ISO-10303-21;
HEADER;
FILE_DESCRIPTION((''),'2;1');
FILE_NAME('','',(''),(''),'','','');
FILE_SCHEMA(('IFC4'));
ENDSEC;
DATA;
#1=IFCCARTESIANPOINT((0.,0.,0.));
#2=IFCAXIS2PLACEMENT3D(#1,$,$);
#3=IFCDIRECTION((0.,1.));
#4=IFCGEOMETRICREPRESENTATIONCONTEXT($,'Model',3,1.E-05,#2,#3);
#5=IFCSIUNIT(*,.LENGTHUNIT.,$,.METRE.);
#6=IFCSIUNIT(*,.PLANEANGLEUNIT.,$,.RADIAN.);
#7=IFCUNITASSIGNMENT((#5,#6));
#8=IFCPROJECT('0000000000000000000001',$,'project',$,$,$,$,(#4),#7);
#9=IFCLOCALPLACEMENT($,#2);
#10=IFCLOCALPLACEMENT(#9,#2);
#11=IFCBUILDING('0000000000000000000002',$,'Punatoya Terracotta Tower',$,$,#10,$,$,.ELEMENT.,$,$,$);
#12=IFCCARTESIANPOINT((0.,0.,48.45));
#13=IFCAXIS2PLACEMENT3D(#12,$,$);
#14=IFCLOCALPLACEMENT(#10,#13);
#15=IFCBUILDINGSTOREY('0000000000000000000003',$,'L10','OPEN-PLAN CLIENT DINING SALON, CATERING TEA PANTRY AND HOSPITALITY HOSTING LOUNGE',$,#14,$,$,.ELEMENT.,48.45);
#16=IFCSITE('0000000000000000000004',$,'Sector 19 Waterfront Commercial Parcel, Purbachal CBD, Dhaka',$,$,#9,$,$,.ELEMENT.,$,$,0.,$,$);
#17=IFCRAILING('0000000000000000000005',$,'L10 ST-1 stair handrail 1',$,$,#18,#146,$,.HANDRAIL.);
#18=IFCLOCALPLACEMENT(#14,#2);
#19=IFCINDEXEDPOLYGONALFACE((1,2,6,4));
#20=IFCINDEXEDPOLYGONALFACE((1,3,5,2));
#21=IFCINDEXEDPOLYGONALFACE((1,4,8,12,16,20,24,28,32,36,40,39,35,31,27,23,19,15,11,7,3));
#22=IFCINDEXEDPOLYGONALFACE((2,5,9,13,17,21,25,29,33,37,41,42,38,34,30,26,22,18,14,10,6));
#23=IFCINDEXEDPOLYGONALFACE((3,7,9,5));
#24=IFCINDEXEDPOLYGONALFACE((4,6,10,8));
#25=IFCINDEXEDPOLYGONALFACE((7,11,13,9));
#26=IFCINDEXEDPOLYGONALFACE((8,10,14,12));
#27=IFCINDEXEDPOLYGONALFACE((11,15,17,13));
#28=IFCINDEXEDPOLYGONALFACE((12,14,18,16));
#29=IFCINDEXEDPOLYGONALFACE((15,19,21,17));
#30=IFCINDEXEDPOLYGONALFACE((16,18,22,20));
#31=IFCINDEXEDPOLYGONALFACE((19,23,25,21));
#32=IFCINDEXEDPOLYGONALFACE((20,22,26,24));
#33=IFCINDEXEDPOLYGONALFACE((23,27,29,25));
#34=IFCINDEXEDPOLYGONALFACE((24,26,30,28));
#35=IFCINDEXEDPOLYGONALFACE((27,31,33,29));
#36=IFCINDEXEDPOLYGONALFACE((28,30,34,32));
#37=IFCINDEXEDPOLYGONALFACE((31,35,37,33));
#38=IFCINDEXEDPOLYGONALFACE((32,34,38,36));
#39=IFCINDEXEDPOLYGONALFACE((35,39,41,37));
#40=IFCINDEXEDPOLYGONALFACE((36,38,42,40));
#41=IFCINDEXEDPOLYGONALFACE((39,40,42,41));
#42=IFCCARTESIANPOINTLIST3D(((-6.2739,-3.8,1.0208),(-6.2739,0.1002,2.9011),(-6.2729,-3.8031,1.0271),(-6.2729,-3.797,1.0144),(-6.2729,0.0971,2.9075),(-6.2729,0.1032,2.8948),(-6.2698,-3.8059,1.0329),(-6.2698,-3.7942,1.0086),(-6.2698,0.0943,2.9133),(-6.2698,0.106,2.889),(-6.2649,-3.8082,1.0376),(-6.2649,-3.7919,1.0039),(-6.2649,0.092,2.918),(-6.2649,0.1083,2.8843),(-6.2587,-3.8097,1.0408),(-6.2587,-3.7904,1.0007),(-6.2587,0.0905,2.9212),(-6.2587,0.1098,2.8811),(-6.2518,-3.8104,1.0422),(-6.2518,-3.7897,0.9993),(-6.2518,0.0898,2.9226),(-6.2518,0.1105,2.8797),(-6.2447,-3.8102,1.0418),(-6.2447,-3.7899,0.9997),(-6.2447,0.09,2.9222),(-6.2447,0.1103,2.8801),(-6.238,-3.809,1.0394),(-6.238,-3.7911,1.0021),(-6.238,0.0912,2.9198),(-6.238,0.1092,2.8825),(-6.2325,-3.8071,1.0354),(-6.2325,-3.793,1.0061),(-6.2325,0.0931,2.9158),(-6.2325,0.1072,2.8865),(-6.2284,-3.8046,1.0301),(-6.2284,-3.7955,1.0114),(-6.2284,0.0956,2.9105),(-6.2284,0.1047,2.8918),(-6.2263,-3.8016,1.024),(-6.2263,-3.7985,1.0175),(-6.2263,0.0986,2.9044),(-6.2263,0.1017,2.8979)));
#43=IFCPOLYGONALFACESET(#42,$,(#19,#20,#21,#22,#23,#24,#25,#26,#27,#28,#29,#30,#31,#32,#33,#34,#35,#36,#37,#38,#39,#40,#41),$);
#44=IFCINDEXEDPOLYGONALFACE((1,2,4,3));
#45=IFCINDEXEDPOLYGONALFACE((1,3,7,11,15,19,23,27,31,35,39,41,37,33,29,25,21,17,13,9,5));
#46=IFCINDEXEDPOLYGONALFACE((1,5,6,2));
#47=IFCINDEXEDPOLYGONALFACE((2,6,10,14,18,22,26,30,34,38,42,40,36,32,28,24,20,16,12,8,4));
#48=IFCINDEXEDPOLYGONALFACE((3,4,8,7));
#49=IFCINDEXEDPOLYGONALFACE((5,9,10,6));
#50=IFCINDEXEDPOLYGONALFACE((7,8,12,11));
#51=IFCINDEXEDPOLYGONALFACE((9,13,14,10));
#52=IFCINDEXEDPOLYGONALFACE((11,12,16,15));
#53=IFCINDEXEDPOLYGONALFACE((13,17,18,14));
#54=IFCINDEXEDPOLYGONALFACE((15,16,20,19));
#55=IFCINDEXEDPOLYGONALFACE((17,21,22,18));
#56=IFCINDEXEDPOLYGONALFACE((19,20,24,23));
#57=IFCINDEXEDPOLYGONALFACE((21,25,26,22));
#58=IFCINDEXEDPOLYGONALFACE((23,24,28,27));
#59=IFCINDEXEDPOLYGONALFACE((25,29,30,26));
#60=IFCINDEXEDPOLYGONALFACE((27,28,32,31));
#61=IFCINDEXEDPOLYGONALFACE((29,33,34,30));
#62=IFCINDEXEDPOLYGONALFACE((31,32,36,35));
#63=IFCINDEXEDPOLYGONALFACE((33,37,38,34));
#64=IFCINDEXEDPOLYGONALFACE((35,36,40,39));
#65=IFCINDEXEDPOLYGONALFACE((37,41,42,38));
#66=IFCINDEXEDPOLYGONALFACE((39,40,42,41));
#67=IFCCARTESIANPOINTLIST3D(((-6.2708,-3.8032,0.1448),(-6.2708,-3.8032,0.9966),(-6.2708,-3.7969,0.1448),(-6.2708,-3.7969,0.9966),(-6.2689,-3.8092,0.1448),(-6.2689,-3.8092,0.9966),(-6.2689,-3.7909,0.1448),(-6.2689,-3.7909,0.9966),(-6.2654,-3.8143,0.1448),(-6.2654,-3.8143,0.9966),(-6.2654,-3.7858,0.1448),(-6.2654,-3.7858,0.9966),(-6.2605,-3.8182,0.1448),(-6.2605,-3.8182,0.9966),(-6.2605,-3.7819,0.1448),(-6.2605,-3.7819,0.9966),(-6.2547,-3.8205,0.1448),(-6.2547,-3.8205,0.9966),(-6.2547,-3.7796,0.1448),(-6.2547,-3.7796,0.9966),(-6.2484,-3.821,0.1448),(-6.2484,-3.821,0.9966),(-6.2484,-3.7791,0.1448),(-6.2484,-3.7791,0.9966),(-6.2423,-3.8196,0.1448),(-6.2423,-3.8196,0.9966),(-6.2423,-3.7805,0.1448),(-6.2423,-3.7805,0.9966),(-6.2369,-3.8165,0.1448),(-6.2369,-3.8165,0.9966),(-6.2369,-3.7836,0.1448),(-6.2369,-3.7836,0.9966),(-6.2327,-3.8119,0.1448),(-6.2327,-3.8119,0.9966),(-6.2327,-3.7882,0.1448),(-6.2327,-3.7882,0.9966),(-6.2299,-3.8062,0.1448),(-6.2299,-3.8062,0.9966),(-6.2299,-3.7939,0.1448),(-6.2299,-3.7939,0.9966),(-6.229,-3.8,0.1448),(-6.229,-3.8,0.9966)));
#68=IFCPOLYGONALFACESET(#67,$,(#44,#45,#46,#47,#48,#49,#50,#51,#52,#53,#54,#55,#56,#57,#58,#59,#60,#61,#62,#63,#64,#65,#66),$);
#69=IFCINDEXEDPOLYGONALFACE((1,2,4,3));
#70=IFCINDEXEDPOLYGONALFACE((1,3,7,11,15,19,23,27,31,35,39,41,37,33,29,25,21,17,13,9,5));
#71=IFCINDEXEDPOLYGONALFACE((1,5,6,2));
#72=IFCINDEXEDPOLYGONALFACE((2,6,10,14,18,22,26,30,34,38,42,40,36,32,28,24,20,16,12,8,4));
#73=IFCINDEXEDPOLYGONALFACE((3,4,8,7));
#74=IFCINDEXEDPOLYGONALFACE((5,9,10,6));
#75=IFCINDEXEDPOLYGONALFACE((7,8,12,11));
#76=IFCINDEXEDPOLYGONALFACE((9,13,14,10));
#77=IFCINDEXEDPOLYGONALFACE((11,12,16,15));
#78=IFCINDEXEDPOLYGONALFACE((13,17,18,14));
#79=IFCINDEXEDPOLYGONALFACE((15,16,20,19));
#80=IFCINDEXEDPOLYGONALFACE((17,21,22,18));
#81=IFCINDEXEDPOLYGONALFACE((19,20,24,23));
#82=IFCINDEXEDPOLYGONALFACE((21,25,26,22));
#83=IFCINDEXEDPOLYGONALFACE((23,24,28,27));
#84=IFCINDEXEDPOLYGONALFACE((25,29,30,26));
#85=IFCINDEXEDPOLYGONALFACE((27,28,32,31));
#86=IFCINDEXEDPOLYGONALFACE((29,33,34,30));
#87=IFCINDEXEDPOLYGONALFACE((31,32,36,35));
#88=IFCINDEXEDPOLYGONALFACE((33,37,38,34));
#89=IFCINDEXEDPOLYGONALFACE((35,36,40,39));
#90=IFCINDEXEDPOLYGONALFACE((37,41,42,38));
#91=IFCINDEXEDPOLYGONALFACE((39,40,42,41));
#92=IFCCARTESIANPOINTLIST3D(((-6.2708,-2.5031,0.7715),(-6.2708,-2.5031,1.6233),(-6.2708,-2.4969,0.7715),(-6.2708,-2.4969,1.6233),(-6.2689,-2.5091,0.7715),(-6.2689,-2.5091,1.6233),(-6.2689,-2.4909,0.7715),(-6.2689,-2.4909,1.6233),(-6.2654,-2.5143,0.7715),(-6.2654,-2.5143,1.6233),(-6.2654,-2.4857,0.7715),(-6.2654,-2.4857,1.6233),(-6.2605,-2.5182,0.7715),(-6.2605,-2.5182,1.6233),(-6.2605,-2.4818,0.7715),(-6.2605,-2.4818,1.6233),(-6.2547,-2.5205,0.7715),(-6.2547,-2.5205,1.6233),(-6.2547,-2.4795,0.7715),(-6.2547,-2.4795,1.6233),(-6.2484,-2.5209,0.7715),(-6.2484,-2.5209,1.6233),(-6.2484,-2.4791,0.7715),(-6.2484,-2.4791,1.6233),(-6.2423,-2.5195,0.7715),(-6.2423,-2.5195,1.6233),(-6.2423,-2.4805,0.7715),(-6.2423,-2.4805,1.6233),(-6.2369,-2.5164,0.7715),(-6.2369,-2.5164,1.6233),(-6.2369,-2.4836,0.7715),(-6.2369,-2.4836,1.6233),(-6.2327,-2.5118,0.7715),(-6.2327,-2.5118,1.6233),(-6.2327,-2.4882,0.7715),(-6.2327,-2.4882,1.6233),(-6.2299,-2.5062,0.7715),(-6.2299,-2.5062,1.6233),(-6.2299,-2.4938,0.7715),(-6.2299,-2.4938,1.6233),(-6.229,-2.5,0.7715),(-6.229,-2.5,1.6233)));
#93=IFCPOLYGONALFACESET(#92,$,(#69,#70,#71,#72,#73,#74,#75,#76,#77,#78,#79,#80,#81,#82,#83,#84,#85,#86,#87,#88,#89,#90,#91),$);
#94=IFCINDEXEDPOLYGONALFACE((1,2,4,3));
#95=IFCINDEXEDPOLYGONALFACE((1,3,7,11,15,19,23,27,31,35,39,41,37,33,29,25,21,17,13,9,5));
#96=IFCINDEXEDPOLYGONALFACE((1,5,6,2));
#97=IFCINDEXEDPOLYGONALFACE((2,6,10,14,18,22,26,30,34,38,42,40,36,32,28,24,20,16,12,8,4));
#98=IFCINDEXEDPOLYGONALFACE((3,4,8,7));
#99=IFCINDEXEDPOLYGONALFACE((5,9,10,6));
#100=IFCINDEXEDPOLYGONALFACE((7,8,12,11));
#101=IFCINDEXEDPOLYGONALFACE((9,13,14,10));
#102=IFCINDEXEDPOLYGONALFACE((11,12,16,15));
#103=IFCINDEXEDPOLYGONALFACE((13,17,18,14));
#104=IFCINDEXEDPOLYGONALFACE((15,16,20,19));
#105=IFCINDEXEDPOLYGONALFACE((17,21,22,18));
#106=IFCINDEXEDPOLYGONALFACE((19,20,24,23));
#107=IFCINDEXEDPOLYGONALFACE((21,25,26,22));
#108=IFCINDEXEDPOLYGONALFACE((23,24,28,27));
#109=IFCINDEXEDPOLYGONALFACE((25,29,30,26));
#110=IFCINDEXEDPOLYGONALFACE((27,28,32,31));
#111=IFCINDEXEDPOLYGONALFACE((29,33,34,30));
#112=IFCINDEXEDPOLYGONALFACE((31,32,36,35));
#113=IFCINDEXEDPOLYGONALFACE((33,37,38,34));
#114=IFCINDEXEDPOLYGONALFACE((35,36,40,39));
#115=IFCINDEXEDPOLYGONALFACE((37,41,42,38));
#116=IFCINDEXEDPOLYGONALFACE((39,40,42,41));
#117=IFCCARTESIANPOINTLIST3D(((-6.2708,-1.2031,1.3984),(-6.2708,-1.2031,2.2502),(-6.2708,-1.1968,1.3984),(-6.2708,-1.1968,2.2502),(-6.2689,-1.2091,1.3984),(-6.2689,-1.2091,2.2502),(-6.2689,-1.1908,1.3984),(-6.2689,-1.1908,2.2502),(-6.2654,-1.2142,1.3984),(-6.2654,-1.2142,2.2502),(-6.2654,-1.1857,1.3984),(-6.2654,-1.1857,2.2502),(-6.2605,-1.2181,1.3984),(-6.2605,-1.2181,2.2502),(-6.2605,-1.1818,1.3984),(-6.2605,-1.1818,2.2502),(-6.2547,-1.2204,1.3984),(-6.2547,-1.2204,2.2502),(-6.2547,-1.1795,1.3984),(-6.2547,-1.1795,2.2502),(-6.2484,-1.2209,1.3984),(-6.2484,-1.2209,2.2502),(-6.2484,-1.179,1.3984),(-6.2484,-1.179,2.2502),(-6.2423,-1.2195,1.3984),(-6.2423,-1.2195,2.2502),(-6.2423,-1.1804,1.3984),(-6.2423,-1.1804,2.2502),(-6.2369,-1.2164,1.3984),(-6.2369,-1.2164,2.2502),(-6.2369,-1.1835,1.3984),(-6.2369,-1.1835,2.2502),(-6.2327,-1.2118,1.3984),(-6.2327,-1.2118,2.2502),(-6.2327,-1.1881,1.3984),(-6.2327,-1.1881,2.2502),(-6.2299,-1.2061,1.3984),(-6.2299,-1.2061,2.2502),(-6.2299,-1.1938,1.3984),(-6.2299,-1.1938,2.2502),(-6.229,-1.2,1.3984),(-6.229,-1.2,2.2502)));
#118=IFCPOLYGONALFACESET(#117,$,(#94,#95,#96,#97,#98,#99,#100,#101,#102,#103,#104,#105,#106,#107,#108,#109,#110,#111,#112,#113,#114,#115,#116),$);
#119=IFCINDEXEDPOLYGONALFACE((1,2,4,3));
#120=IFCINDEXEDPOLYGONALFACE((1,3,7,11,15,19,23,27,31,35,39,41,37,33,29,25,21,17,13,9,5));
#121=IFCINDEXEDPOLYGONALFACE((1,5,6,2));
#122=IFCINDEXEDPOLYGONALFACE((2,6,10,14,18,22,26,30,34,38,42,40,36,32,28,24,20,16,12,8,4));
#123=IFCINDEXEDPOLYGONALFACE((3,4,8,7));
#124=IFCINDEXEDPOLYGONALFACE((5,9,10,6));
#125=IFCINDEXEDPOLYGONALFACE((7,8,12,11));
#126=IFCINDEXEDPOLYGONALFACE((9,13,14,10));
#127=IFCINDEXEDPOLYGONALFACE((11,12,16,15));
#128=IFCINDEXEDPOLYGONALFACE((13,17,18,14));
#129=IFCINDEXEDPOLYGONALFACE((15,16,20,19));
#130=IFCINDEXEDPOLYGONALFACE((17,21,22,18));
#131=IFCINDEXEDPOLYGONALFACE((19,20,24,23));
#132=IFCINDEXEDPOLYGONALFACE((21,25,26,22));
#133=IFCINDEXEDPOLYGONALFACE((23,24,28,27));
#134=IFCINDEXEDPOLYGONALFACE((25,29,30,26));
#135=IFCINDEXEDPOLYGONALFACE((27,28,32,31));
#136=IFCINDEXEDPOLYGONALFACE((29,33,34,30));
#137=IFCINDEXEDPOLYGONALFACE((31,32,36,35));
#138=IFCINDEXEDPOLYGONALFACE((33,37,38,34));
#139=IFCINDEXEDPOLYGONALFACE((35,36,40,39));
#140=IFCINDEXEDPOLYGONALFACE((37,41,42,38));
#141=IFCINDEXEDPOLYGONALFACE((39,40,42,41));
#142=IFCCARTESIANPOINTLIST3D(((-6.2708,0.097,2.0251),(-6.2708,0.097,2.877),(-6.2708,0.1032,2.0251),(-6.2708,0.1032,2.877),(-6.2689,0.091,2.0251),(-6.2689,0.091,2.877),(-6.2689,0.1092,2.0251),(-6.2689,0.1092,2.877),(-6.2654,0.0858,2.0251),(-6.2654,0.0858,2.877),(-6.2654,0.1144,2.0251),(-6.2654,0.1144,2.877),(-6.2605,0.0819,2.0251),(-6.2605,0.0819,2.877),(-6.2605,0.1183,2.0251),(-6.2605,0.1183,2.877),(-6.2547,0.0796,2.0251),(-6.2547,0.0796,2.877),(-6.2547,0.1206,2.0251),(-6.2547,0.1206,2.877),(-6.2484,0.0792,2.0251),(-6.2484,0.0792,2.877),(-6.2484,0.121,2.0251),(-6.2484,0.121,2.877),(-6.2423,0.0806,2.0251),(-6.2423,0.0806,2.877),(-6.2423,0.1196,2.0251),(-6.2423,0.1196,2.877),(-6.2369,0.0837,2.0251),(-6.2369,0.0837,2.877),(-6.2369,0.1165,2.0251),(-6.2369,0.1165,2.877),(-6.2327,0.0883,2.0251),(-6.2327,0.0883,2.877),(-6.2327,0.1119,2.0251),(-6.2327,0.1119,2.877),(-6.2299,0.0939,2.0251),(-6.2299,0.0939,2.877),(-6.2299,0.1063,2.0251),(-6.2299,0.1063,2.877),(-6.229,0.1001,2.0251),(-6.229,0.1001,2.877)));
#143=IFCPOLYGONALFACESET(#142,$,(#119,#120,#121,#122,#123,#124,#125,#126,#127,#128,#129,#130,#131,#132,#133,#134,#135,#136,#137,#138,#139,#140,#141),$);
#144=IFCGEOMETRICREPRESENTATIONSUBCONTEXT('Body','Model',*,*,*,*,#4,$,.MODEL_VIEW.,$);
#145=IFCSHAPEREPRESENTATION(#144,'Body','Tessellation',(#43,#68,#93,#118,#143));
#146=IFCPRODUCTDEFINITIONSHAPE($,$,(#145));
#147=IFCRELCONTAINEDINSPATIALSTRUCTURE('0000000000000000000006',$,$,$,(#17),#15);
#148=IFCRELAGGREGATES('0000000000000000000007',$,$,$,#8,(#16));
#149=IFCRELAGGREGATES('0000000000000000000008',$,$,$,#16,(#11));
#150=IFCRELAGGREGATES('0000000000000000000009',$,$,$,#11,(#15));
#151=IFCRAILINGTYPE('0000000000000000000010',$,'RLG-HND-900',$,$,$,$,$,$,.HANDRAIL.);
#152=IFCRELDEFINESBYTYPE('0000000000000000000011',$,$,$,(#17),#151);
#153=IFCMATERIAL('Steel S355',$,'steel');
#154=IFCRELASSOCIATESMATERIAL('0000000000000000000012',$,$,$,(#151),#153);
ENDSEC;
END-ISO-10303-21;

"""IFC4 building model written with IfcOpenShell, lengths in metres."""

from ifc_helpers import new_model, si_unit, direction, frame, origin, origin_2d, place, context, subcontext, project, spatial, circle, extrude, material, type_object, element, save


model = new_model("IFC4")

# Units and contexts
model_context = context("Model", 3, precision=1e-05, world=origin(), true_north=direction((0.0, 1.0)))
body_context = subcontext(model_context, "Body", "Model", "MODEL_VIEW")
ifc_project = project(units=[si_unit("LENGTHUNIT", "METRE"), si_unit("PLANEANGLEUNIT", "RADIAN")], contexts=[model_context])

# Site, building, storey
site_placement = place(None, origin())
site = spatial("IfcSite", under=ifc_project, at=site_placement, Name="Sector 19 Waterfront Commercial Parcel, Purbachal CBD, Dhaka", CompositionType="ELEMENT", RefElevation=0.0)
building_placement = place(site_placement, origin())
building = spatial("IfcBuilding", under=site, at=building_placement, Name="Punatoya Terracotta Tower", CompositionType="ELEMENT")
storey_placement = place(building_placement, frame((0.0, 0.0, 48.45)))
storey = spatial("IfcBuildingStorey", under=building, at=storey_placement, Name="L10", Description="OPEN-PLAN CLIENT DINING SALON, CATERING TEA PANTRY AND HOSPITALITY HOSTING LOUNGE", CompositionType="ELEMENT", Elevation=48.45)

# Shared definitions
ifc_material_1 = material(Name="Steel S355", Category="steel")

# Railing
railing_type_1 = type_object("IfcRailingType", Name="RLG-HND-900", PredefinedType="HANDRAIL", material=ifc_material_1)
railing_1_placement = place(storey_placement, frame((-6.25, -3.8, 0.1448)))
element("IfcRailing", 1, at=railing_1_placement, inside=storey, type_object=railing_type_1, Name="L10 ST-1 stair handrail 1", PredefinedType="HANDRAIL", context=body_context, shape_type="SweptSolid", body=[
    extrude(circle(Radius=0.0239, at=origin_2d()), frame((0.0, 0.0, 0.876), z_axis=(0.0, 0.900774, 0.434289), x_axis=(-1.0, 0.0, 0.0)), (0.0, 0.0, 1.0), 4.3298),
    extrude(circle(Radius=0.021, at=origin_2d()), origin(), (0.0, 0.0, 1.0), 0.8518),
    extrude(circle(Radius=0.021, at=origin_2d()), frame((0.0, 1.3, 0.6267)), (0.0, 0.0, 1.0), 0.8518),
    extrude(circle(Radius=0.021, at=origin_2d()), frame((0.0, 2.6001, 1.2537)), (0.0, 0.0, 1.0), 0.8518),
    extrude(circle(Radius=0.021, at=origin_2d()), frame((0.0, 3.9001, 1.8804)), (0.0, 0.0, 1.0), 0.8518),
])

save(model, "model.ifc")
